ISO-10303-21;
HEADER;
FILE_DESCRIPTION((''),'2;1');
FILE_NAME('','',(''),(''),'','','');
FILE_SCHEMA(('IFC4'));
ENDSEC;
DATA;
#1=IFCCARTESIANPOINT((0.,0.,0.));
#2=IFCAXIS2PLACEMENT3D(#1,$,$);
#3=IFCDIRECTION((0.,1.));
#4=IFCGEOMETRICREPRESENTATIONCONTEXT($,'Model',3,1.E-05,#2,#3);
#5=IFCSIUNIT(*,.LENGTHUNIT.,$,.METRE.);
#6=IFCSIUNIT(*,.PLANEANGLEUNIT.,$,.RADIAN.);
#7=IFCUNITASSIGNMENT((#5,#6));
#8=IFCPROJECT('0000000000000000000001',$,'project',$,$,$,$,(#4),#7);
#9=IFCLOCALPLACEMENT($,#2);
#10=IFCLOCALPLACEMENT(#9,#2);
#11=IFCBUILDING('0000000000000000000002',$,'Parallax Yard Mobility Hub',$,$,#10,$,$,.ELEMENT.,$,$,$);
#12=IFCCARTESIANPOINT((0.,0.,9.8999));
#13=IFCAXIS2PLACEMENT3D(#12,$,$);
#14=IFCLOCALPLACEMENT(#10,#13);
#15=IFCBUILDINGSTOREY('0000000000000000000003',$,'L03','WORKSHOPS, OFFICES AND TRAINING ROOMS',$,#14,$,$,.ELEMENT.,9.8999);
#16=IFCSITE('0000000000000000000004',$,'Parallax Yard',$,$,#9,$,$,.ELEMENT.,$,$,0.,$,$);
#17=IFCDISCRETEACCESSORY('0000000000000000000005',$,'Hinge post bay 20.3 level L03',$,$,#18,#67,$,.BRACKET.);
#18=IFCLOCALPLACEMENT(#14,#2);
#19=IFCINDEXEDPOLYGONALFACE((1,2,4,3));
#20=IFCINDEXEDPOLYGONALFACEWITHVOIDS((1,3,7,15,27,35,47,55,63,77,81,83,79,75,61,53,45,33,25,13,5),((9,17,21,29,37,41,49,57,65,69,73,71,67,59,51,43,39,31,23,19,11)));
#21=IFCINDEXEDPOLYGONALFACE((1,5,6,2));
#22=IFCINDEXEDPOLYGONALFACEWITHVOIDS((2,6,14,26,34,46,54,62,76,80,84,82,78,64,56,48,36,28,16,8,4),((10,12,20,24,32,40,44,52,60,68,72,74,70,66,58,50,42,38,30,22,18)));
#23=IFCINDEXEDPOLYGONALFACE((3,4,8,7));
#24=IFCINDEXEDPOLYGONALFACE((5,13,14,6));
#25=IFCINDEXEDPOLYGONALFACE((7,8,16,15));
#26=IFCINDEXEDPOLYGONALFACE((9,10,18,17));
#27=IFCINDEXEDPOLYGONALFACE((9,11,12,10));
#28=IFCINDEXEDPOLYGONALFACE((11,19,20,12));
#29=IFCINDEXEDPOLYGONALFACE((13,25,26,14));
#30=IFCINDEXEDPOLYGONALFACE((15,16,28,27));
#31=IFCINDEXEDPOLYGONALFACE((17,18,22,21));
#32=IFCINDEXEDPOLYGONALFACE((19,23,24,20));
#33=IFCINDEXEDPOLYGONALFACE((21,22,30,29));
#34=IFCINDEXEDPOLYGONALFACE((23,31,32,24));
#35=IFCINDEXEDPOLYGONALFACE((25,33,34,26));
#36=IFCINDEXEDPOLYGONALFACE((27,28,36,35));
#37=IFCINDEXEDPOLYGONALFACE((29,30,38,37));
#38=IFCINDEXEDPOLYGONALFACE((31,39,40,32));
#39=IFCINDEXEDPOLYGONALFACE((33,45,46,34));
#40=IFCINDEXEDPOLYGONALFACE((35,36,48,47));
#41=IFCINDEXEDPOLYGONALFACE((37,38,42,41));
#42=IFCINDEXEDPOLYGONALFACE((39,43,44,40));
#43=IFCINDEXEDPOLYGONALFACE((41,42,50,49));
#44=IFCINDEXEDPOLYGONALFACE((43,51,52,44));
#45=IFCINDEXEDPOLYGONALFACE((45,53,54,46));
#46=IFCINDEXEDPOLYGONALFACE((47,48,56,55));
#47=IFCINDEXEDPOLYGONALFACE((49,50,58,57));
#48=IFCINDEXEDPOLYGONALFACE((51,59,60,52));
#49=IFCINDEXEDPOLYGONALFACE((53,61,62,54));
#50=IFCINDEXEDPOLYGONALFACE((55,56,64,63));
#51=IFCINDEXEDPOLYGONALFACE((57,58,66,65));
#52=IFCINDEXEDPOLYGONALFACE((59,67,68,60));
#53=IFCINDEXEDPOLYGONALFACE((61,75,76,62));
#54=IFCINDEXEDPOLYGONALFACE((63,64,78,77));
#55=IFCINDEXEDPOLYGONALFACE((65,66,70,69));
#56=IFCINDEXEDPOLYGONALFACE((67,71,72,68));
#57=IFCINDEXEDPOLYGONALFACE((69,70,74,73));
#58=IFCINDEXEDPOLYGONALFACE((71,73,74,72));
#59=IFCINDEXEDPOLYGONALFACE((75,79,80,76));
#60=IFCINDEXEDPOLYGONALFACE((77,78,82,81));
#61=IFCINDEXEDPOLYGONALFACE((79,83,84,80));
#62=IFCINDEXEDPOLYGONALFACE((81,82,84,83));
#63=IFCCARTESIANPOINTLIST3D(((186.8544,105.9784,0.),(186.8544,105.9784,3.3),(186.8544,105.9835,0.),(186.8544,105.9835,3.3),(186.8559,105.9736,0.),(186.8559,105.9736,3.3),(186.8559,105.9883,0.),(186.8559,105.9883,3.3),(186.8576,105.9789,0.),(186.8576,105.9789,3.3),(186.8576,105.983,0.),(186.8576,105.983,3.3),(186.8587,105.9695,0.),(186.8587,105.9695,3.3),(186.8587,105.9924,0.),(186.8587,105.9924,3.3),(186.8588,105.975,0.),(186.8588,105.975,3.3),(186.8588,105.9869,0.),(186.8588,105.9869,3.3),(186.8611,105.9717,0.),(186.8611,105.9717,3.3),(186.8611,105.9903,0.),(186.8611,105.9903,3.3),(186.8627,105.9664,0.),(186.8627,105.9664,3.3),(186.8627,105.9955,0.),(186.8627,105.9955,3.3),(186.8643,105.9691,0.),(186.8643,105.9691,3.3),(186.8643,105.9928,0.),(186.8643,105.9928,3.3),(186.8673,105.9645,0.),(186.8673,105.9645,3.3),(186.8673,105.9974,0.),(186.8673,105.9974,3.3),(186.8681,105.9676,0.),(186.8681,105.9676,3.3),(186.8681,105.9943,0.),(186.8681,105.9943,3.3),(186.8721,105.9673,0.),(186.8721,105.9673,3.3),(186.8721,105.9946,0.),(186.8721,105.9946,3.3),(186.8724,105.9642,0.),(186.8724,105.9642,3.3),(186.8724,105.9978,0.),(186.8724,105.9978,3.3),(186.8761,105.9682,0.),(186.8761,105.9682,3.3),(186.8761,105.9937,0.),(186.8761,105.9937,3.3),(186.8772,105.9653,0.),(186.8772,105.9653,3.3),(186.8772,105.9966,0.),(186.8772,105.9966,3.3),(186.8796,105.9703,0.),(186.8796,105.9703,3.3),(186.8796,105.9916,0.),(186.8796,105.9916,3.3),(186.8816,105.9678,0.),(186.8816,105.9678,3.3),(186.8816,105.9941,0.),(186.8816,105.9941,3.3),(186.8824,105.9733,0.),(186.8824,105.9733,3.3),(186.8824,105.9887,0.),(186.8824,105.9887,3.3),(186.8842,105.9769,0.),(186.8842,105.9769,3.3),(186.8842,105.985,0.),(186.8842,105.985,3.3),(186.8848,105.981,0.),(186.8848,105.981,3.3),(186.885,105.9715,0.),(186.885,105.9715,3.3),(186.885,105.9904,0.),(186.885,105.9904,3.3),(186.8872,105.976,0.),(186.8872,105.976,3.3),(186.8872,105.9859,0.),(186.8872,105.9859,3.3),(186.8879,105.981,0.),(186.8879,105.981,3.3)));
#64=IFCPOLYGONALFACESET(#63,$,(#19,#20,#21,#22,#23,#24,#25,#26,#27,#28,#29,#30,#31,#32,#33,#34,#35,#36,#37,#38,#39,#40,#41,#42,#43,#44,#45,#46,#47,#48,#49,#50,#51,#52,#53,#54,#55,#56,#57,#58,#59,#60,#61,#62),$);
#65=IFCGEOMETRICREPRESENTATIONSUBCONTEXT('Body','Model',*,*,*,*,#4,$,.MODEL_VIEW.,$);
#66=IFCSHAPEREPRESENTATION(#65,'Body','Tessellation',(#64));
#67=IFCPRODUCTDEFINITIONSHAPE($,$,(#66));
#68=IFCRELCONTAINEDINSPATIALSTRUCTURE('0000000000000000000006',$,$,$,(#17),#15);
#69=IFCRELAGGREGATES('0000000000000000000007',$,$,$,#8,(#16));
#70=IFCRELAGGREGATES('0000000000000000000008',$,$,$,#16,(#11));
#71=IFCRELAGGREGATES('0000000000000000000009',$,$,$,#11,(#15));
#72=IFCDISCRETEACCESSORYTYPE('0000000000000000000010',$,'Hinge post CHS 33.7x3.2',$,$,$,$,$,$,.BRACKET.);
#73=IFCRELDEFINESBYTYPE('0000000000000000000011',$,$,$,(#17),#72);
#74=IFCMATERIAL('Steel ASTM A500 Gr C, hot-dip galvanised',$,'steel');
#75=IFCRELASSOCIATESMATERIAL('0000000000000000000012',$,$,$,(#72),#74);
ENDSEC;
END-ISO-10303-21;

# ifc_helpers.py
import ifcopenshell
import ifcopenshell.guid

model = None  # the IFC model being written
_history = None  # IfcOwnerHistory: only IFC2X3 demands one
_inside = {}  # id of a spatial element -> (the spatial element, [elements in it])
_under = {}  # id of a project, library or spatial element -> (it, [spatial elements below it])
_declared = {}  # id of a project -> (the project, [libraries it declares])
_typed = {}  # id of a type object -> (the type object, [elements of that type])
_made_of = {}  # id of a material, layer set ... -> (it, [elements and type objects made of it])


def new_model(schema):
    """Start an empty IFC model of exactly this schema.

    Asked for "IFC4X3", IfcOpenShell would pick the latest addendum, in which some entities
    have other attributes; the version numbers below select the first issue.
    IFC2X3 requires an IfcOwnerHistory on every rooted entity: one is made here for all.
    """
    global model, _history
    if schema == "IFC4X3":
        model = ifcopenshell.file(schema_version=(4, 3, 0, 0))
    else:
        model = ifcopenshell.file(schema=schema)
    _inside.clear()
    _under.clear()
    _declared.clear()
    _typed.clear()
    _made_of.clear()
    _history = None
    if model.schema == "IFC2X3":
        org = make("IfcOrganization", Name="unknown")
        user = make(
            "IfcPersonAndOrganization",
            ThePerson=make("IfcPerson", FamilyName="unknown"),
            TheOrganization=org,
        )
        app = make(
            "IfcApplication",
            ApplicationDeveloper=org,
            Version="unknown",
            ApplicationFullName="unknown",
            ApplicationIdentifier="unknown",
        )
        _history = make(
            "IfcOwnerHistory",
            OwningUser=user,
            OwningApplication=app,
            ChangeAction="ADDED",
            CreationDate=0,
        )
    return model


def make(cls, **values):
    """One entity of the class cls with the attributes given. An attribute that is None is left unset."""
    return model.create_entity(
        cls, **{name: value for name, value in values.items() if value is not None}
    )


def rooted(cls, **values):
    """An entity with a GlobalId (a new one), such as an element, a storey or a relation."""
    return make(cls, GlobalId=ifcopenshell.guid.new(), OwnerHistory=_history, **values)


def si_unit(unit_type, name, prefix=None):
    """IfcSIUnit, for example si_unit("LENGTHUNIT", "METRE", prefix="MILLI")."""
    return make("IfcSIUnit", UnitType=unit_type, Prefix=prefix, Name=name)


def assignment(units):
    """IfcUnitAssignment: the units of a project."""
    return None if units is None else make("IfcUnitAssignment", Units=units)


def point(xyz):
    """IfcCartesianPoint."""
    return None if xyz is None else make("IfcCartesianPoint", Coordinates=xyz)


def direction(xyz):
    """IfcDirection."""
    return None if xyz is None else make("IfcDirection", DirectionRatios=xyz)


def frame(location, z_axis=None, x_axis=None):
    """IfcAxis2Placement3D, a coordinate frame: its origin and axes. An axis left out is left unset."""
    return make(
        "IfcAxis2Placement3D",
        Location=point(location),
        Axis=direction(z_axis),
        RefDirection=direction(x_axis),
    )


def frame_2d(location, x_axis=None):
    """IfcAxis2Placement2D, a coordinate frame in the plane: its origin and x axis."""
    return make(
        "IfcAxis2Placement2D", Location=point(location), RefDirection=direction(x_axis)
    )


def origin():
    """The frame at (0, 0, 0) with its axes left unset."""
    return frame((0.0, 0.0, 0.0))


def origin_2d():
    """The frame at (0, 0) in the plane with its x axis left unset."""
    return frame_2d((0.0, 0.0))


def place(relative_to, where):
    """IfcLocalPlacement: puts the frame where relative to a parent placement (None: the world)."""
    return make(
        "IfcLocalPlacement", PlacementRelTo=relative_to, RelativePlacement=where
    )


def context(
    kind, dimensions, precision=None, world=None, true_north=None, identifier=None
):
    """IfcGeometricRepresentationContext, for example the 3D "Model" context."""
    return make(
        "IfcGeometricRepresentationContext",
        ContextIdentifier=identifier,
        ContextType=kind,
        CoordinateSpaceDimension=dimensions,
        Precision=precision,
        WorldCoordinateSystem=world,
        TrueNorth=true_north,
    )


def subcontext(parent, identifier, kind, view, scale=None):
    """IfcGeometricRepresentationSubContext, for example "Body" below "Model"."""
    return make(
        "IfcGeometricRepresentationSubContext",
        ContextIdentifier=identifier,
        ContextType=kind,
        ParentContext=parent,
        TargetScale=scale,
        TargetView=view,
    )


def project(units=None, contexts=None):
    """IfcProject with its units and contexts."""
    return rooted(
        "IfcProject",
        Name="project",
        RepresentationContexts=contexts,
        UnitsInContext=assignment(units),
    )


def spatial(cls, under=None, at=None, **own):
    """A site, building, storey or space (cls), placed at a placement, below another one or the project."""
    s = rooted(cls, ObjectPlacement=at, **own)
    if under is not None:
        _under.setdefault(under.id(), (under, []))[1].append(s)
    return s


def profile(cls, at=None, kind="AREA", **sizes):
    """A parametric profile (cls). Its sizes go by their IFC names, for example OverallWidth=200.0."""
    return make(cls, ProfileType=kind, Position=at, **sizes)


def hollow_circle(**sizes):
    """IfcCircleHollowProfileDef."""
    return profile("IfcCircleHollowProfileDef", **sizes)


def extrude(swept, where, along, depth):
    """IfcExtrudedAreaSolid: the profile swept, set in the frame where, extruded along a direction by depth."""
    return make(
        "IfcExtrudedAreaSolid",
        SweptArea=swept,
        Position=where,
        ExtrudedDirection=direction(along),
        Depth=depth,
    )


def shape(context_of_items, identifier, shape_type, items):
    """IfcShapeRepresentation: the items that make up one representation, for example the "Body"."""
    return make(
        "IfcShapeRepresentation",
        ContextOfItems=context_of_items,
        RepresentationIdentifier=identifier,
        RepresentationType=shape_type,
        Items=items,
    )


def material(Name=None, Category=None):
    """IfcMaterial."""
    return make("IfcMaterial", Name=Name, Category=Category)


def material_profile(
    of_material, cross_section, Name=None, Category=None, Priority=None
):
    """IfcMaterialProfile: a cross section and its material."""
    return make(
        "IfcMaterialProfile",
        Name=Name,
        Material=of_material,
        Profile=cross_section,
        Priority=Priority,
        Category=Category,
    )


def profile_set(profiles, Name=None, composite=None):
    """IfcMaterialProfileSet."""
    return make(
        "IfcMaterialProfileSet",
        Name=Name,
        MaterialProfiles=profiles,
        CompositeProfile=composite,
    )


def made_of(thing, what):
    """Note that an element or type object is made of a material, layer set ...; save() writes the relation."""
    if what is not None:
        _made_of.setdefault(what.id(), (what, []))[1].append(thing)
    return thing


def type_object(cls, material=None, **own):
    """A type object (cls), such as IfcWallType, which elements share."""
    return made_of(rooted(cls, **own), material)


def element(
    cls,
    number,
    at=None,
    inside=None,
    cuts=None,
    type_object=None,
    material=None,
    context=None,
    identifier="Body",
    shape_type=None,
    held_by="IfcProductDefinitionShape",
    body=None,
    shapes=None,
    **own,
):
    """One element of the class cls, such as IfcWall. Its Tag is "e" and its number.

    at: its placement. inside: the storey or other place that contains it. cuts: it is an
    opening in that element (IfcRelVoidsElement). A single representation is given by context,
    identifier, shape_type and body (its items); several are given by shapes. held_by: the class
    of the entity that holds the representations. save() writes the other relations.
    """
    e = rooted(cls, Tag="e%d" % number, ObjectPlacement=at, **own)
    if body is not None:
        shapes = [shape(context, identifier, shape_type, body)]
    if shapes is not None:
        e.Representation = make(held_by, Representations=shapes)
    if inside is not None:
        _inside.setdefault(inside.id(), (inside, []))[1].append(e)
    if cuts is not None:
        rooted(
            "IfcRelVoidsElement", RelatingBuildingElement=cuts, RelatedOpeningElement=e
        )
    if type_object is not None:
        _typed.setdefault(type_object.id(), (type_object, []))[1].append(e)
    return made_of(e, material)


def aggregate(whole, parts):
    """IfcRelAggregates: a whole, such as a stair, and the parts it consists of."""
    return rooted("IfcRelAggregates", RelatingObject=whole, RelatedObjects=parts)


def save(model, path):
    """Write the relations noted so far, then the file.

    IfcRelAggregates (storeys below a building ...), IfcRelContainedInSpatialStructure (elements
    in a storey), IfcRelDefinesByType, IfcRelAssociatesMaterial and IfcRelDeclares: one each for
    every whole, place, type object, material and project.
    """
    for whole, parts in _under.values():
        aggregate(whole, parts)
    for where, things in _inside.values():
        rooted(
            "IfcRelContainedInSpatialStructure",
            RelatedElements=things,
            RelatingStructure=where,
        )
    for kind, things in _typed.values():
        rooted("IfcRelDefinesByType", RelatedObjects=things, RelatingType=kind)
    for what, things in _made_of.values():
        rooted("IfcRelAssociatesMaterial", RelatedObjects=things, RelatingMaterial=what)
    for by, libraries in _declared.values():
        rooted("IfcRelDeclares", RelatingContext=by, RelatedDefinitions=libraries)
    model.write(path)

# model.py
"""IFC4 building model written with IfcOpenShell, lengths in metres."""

from ifc_helpers import new_model, si_unit, direction, frame, origin, origin_2d, place, context, subcontext, project, spatial, hollow_circle, extrude, material, material_profile, profile_set, type_object, element, save


model = new_model("IFC4")

# Units and contexts
model_context = context("Model", 3, precision=1e-05, world=origin(), true_north=direction((0.0, 1.0)))
body_context = subcontext(model_context, "Body", "Model", "MODEL_VIEW")
ifc_project = project(units=[si_unit("LENGTHUNIT", "METRE"), si_unit("PLANEANGLEUNIT", "RADIAN")], contexts=[model_context])

# Site, building, storey
site_placement = place(None, origin())
site = spatial("IfcSite", under=ifc_project, at=site_placement, Name="Parallax Yard", CompositionType="ELEMENT", RefElevation=0.0)
building_placement = place(site_placement, origin())
building = spatial("IfcBuilding", under=site, at=building_placement, Name="Parallax Yard Mobility Hub", CompositionType="ELEMENT")
storey_placement = place(building_placement, frame((0.0, 0.0, 9.8999)))
storey = spatial("IfcBuildingStorey", under=building, at=storey_placement, Name="L03", Description="WORKSHOPS, OFFICES AND TRAINING ROOMS", CompositionType="ELEMENT", Elevation=9.8999)

# Discrete accessory
ifc_material_1 = material(Name="Steel ASTM A500 Gr C, hot-dip galvanised", Category="steel")
ifc_material_profile_1 = material_profile(ifc_material_1, hollow_circle(Radius=0.0168, WallThickness=0.0032, at=origin_2d()), Name="CHS 33.7x3.2")
ifc_profile_set_1 = profile_set([ifc_material_profile_1], Name="Steel ASTM A500 Gr C, hot-dip galvanised")
discrete_accessory_type_1 = type_object("IfcDiscreteAccessoryType", Name="Hinge post CHS 33.7x3.2", PredefinedType="BRACKET", material=ifc_profile_set_1)
for number, where, z_axis, x_axis, name in (
    (1, (186.8711, 105.981, 0.0), (0.0, 0.0, 1.0), (1.0, 0.0, 0.0), "Hinge post bay 20.3 level L03"),
):
    element("IfcDiscreteAccessory", number, at=place(storey_placement, frame(where, z_axis=z_axis, x_axis=x_axis)), inside=storey, type_object=discrete_accessory_type_1, Name=name, PredefinedType="BRACKET", context=body_context, shape_type="SweptSolid", body=[
        extrude(hollow_circle(Radius=0.0168, WallThickness=0.0032, at=origin_2d()), origin(), (0.0, 0.0, 1.0), 3.3),
    ])

save(model, "model.ifc")
